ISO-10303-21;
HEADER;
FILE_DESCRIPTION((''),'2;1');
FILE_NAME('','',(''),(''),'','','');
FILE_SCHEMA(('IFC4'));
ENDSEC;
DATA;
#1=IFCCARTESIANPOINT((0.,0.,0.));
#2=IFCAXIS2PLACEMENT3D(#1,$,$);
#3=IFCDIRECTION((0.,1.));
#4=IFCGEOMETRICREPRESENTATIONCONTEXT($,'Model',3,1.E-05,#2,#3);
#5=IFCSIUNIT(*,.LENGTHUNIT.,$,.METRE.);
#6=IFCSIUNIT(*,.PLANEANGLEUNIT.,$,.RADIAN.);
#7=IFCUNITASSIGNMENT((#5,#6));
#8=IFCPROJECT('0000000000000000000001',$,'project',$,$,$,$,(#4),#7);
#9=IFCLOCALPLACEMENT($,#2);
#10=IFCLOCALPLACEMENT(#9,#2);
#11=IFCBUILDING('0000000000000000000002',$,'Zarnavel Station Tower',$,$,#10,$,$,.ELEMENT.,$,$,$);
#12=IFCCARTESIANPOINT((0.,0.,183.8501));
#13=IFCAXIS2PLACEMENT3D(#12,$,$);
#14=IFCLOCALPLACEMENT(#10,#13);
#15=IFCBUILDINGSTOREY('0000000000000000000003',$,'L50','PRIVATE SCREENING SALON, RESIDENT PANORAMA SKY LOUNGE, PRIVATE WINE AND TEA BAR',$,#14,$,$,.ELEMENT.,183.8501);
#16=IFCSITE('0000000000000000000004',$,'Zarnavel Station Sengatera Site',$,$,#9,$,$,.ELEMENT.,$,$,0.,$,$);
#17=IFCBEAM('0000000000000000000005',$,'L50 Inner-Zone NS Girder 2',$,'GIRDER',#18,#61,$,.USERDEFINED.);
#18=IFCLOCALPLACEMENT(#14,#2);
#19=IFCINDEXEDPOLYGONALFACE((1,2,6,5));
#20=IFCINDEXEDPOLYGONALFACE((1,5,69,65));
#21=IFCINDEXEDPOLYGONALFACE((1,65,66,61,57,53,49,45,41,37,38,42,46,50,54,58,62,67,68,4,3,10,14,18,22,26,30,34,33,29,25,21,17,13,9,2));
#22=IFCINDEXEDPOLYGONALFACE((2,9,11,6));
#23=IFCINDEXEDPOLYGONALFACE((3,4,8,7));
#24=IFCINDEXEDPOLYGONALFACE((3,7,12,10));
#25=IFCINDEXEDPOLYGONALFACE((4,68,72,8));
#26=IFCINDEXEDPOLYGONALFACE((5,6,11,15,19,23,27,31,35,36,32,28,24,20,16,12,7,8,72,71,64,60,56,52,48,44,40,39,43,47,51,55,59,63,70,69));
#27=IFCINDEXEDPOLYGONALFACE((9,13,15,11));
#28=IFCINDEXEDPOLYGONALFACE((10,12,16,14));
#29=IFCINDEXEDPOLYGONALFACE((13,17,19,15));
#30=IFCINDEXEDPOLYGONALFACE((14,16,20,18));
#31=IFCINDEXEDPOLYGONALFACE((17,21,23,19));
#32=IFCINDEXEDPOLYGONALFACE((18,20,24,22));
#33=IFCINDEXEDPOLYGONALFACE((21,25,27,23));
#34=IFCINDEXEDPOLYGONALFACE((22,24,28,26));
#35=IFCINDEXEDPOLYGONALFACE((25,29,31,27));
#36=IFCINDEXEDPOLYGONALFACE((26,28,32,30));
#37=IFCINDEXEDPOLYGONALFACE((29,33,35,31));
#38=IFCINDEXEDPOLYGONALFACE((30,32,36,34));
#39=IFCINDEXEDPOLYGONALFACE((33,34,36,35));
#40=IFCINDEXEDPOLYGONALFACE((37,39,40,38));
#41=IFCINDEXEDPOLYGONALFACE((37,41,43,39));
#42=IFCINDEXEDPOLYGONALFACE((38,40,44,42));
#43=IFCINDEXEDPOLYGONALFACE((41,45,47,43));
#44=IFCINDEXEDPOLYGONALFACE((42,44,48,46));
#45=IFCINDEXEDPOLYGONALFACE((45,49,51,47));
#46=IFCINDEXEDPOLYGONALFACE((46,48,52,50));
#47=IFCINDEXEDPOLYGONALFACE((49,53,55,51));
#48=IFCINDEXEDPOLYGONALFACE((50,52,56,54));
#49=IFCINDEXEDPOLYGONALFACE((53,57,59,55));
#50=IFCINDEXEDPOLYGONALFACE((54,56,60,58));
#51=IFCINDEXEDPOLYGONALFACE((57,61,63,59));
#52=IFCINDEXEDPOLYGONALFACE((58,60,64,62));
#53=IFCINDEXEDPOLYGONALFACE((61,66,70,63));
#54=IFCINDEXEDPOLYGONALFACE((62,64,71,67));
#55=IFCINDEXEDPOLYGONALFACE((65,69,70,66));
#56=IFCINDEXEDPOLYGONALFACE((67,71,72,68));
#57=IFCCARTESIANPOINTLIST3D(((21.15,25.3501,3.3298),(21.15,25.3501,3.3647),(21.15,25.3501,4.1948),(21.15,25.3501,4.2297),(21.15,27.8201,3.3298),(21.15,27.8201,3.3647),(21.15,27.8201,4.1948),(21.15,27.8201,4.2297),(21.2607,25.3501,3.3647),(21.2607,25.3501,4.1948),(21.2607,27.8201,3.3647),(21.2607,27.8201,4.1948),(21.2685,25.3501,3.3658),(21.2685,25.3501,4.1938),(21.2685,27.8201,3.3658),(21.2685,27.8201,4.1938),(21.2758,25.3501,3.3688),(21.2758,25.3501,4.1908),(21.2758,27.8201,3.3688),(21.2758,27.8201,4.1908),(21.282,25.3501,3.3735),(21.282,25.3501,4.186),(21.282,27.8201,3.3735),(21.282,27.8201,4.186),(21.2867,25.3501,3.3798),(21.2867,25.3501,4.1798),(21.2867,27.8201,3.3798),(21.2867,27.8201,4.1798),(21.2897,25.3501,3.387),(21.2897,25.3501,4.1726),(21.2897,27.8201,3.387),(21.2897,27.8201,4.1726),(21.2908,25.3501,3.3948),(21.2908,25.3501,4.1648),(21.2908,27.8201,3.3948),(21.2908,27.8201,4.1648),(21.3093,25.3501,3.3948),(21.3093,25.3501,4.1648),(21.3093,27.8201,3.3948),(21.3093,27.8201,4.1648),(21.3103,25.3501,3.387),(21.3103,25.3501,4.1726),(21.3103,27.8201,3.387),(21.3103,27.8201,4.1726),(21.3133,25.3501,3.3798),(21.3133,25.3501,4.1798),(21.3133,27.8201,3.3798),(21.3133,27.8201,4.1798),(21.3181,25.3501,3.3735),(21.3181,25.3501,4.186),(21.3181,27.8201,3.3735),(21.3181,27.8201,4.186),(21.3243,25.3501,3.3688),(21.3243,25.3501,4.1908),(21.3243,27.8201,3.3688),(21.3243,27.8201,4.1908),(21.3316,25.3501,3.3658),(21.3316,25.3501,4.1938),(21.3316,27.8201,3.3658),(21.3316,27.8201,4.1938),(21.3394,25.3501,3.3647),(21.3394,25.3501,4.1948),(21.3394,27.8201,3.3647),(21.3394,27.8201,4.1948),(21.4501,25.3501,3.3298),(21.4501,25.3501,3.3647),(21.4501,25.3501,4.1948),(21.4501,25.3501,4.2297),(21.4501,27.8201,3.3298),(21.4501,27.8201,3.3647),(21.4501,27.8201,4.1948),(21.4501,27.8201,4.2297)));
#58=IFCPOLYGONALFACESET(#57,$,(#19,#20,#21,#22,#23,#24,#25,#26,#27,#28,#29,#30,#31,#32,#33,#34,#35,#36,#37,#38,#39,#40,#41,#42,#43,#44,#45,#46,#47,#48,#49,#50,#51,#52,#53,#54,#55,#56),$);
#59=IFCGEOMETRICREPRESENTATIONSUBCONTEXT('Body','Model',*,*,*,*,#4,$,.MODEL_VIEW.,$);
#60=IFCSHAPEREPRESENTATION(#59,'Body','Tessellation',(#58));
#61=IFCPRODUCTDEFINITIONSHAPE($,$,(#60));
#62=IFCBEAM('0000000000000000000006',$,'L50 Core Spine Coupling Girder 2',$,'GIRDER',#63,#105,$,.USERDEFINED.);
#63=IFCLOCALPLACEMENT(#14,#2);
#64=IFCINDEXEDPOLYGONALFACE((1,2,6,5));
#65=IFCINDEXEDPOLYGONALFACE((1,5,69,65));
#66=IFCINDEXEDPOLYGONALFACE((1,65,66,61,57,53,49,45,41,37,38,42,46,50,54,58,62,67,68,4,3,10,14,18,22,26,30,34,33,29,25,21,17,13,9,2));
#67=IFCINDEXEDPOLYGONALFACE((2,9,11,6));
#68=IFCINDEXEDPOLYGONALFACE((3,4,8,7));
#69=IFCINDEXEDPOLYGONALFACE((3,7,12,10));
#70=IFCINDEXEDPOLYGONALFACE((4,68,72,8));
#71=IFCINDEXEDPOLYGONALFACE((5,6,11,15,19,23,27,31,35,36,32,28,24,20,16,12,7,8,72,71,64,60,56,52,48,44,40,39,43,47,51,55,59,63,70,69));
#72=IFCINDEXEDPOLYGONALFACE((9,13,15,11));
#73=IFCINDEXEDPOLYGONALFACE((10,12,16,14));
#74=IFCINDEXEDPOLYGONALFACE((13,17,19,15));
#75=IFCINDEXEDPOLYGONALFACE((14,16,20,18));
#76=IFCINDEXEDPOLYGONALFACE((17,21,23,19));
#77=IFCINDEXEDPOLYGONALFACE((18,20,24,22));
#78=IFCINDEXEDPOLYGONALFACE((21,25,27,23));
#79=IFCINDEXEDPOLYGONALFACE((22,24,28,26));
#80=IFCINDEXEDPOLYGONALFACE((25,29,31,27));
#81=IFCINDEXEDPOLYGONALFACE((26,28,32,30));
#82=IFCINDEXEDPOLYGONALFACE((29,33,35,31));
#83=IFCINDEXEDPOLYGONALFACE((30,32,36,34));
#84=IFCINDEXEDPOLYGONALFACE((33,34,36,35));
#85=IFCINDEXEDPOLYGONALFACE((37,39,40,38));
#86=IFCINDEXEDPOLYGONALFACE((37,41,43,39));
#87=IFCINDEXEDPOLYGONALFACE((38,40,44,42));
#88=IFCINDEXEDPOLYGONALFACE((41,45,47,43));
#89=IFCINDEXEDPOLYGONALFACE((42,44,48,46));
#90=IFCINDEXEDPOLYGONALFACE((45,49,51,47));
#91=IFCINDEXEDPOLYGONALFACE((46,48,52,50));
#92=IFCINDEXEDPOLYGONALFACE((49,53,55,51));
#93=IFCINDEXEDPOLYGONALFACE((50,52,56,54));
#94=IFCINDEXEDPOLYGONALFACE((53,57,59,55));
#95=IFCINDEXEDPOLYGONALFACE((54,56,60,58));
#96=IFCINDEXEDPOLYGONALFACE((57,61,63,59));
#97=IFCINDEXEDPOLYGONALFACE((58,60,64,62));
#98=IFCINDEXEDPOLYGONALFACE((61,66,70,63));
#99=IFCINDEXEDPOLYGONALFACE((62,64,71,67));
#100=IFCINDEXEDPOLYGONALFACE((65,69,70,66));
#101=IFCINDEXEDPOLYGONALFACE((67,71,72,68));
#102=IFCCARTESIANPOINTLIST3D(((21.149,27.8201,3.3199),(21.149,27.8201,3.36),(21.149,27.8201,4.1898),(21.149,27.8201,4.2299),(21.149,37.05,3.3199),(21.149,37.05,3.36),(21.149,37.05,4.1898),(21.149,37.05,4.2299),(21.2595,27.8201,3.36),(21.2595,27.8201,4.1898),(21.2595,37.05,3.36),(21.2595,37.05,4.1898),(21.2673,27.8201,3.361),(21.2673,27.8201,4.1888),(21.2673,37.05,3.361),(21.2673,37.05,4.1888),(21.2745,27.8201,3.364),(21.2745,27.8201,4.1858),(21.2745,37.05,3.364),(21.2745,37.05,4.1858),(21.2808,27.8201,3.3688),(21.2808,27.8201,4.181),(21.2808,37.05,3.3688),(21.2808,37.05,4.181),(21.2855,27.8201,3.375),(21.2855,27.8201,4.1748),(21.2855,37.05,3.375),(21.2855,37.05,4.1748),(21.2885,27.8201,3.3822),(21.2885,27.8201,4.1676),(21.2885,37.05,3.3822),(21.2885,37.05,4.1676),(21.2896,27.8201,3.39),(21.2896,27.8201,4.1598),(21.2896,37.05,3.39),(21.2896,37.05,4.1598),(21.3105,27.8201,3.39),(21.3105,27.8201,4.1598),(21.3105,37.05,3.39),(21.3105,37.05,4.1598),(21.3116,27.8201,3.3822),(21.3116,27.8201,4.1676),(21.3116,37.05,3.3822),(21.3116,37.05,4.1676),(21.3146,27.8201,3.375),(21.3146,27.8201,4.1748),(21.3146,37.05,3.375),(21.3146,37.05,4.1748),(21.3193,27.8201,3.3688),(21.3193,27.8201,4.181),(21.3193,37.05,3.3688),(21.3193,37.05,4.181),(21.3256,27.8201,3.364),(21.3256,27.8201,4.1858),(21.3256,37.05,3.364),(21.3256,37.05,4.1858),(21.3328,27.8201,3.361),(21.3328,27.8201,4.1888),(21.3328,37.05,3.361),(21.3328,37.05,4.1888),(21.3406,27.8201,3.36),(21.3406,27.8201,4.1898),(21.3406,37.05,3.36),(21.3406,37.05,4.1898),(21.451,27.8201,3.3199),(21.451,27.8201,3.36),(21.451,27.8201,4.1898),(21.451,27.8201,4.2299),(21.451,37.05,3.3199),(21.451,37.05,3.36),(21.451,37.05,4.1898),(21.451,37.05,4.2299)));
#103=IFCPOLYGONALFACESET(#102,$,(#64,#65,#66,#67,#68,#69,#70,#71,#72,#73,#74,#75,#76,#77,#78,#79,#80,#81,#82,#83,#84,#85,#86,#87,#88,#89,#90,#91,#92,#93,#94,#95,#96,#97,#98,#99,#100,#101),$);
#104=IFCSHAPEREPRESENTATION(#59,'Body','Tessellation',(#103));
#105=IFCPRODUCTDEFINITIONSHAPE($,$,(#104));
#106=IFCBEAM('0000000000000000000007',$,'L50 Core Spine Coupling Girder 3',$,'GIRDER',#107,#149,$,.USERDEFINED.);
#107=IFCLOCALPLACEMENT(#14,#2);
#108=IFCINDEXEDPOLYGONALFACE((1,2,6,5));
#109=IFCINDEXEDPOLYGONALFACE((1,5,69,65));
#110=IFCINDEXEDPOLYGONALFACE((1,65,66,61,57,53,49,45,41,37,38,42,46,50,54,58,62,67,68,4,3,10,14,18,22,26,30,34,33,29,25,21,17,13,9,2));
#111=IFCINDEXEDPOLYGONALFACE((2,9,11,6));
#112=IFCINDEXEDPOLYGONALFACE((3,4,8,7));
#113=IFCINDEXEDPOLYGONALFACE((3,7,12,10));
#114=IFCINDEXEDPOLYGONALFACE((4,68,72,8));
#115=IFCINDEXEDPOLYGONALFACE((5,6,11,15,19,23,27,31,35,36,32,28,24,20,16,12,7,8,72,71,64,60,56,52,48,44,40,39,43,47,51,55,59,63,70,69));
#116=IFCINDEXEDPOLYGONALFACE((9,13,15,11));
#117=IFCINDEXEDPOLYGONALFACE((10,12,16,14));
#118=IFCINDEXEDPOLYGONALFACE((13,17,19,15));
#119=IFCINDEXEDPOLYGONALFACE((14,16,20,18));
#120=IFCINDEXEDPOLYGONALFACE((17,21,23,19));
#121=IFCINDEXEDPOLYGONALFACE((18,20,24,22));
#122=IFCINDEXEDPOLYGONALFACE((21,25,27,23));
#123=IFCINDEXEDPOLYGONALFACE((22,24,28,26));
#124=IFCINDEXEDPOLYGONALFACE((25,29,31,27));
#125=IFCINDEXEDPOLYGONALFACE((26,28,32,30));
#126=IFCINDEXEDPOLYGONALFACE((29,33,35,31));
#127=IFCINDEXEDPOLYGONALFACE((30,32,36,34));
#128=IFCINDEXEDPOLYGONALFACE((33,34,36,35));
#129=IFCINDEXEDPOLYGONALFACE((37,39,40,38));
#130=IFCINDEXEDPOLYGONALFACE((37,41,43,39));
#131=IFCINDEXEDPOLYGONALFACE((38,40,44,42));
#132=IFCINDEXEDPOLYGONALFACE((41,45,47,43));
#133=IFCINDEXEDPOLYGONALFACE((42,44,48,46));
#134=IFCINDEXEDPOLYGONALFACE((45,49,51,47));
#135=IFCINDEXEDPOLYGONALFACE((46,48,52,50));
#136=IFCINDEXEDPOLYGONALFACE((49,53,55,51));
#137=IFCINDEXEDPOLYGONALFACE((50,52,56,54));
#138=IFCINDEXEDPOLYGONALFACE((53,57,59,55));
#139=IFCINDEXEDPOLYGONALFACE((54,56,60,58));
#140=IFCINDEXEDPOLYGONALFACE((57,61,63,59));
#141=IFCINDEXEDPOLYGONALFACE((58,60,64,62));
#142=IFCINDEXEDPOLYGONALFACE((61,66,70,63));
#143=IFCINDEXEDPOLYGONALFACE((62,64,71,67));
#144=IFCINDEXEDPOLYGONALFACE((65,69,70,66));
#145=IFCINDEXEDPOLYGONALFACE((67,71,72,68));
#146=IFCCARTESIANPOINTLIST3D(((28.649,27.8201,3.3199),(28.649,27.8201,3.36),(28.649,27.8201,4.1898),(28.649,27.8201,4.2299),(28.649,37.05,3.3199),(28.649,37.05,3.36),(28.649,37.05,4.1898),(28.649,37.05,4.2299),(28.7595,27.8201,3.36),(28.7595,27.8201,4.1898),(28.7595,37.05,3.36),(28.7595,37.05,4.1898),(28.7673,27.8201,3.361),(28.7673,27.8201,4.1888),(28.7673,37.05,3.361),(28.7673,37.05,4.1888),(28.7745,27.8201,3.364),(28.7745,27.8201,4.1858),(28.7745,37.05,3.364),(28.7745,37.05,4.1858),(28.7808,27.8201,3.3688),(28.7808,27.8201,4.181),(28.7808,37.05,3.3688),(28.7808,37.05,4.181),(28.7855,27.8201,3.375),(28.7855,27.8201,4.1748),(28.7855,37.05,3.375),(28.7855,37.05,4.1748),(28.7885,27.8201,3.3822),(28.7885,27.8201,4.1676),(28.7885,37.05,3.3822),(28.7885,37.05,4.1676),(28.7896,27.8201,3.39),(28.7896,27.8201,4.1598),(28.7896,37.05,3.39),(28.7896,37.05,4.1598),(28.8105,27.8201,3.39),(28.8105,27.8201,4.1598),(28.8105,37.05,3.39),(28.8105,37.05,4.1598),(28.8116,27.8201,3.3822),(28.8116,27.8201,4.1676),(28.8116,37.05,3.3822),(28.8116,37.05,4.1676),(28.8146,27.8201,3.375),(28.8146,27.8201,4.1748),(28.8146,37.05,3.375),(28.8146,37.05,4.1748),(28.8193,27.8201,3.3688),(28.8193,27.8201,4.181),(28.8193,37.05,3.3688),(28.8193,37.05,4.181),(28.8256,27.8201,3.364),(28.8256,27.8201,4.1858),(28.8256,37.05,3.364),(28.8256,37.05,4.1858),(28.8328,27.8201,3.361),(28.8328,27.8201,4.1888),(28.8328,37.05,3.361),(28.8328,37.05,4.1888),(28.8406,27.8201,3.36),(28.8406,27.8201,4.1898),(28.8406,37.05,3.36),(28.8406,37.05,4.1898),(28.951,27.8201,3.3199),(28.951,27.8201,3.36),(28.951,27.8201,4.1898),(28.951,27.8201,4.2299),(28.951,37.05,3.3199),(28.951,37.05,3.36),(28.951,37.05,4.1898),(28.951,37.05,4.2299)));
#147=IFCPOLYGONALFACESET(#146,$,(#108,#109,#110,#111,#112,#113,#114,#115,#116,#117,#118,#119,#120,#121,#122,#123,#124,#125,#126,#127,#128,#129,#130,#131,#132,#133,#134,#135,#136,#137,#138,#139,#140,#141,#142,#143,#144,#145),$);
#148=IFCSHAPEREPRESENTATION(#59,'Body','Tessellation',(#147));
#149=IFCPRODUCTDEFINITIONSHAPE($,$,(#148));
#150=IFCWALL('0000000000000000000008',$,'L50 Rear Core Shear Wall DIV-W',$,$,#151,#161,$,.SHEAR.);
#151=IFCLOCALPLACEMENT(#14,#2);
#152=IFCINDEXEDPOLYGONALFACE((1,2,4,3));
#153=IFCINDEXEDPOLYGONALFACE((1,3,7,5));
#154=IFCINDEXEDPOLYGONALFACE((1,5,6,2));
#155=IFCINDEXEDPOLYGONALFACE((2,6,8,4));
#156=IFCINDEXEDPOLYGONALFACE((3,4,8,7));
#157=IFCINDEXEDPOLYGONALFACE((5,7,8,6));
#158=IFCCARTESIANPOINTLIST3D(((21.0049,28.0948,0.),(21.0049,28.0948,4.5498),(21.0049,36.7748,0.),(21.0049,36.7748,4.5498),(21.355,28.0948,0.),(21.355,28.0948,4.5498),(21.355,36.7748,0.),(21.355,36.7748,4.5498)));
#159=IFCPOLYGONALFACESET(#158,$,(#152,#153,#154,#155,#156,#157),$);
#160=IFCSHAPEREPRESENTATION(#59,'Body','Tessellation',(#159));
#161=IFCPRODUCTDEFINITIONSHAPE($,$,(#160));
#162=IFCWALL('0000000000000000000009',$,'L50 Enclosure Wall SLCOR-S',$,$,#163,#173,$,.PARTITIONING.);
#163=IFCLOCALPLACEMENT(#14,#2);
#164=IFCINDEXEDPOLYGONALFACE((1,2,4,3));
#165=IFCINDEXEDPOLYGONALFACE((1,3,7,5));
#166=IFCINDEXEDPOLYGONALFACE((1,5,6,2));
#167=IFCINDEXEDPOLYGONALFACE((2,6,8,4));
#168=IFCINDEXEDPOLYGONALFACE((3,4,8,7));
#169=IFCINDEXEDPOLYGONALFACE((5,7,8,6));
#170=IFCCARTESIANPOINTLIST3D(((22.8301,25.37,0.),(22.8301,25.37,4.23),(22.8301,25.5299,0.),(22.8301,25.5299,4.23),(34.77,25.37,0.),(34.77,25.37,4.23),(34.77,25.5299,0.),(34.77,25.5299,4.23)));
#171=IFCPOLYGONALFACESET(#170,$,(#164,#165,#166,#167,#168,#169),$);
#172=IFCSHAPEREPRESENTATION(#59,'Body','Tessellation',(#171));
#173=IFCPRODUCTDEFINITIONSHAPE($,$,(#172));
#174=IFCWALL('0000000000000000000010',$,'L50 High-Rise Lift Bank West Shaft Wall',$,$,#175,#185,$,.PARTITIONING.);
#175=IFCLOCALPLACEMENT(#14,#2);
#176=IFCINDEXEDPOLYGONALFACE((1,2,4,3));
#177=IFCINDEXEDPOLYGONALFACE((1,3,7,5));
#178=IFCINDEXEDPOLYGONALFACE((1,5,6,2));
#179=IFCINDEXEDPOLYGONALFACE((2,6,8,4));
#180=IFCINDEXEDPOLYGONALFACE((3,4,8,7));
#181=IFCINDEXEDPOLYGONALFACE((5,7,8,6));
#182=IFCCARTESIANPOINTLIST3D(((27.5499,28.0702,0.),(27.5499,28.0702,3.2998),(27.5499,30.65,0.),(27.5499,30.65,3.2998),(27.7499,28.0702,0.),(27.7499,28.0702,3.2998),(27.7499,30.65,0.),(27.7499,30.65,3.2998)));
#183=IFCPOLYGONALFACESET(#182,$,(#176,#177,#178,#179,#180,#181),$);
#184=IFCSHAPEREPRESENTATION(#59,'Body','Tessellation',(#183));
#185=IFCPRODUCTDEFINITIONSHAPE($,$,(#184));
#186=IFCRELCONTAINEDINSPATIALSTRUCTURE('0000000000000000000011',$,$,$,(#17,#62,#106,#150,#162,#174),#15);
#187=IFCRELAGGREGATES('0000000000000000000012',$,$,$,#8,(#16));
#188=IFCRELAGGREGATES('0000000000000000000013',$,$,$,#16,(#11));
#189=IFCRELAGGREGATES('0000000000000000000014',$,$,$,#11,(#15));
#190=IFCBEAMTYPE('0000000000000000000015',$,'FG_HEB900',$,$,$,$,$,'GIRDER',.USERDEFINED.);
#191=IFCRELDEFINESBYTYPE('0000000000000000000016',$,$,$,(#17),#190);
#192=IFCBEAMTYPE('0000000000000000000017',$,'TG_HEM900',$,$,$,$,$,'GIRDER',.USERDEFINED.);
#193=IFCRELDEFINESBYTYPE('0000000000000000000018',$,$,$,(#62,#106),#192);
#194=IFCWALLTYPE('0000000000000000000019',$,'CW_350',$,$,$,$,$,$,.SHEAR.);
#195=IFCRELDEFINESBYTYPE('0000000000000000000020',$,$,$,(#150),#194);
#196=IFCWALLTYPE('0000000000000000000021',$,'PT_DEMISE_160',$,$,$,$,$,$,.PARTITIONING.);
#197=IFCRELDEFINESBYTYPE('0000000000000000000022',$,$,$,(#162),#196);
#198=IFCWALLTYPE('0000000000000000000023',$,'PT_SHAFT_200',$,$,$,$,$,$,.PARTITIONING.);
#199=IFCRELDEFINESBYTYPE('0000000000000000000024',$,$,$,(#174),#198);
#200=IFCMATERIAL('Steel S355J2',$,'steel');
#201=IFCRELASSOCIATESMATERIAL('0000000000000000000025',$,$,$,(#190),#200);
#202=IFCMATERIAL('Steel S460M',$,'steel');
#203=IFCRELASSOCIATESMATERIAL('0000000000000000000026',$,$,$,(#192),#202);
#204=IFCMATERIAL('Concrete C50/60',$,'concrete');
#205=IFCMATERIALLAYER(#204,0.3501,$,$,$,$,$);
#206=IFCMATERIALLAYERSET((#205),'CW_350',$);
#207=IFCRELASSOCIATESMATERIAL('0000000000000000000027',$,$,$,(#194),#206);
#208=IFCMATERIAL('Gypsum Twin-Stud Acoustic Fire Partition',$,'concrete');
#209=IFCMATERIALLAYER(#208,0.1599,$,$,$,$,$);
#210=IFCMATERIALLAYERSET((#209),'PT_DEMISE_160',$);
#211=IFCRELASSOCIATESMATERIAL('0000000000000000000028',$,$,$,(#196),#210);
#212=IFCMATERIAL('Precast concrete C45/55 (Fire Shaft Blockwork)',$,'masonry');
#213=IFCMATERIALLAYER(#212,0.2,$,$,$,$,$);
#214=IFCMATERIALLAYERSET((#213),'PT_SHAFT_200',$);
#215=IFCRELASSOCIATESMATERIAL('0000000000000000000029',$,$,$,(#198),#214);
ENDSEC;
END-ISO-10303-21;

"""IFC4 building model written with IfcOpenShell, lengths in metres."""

from ifc_helpers import new_model, si_unit, direction, frame, frame_2d, origin, origin_2d, place, context, subcontext, project, spatial, rectangle, i_section, extrude, material, layer, layer_set, material_profile, profile_set, type_object, element, save


model = new_model("IFC4")

# Units and contexts
model_context = context("Model", 3, precision=1e-05, world=origin(), true_north=direction((0.0, 1.0)))
body_context = subcontext(model_context, "Body", "Model", "MODEL_VIEW")
ifc_project = project(units=[si_unit("LENGTHUNIT", "METRE"), si_unit("PLANEANGLEUNIT", "RADIAN")], contexts=[model_context])

# Site, building, storey
site_placement = place(None, origin())
site = spatial("IfcSite", under=ifc_project, at=site_placement, Name="Zarnavel Station Sengatera Site", CompositionType="ELEMENT", RefElevation=0.0)
building_placement = place(site_placement, origin())
building = spatial("IfcBuilding", under=site, at=building_placement, Name="Zarnavel Station Tower", CompositionType="ELEMENT")
storey_placement = place(building_placement, frame((0.0, 0.0, 183.8501)))
storey = spatial("IfcBuildingStorey", under=building, at=storey_placement, Name="L50", Description="PRIVATE SCREENING SALON, RESIDENT PANORAMA SKY LOUNGE, PRIVATE WINE AND TEA BAR", CompositionType="ELEMENT", Elevation=183.8501)

# Beams
ifc_material_1 = material(Name="Steel S355J2", Category="steel")
ifc_material_profile_1 = material_profile(ifc_material_1, i_section(OverallWidth=0.3, OverallDepth=0.8999, WebThickness=0.0186, FlangeThickness=0.0349, FilletRadius=0.03, at=origin_2d()), Name="HEB900")
ifc_profile_set_1 = profile_set([ifc_material_profile_1], Name="Steel S355J2")
beam_type_1 = type_object("IfcBeamType", Name="FG_HEB900", ElementType="GIRDER", PredefinedType="USERDEFINED", material=ifc_profile_set_1)
beam_1_placement = place(storey_placement, frame((21.3, 25.3501, 3.7798), z_axis=(0.0, 1.0, 0.0), x_axis=(-1.0, 0.0, 0.0)))
element("IfcBeam", 1, at=beam_1_placement, inside=storey, type_object=beam_type_1, Name="L50 Inner-Zone NS Girder 2", ObjectType="GIRDER", PredefinedType="USERDEFINED", context=body_context, shape_type="SweptSolid", body=[
    extrude(i_section(OverallWidth=0.3, OverallDepth=0.8999, WebThickness=0.0186, FlangeThickness=0.0349, FilletRadius=0.03, at=origin_2d()), origin(), (0.0, 0.0, 1.0), 2.47),
])
ifc_material_2 = material(Name="Steel S460M", Category="steel")
ifc_material_profile_2 = material_profile(ifc_material_2, i_section(OverallWidth=0.302, OverallDepth=0.9099, WebThickness=0.021, FlangeThickness=0.04, FilletRadius=0.03, at=origin_2d()), Name="HEM900")
ifc_profile_set_2 = profile_set([ifc_material_profile_2], Name="Steel S460M")
beam_type_2 = type_object("IfcBeamType", Name="TG_HEM900", ElementType="GIRDER", PredefinedType="USERDEFINED", material=ifc_profile_set_2)
for number, where, z_axis, x_axis, name in (
    (2, (21.3, 27.8201, 3.7749), (0.0, 1.0, 0.0), (-1.0, 0.0, 0.0), "L50 Core Spine Coupling Girder 2"),
    (3, (28.8, 27.8201, 3.7749), (0.0, 1.0, 0.0), (-1.0, 0.0, 0.0), "L50 Core Spine Coupling Girder 3"),
):
    element("IfcBeam", number, at=place(storey_placement, frame(where, z_axis=z_axis, x_axis=x_axis)), inside=storey, type_object=beam_type_2, Name=name, ObjectType="GIRDER", PredefinedType="USERDEFINED", context=body_context, shape_type="SweptSolid", body=[
        extrude(i_section(OverallWidth=0.302, OverallDepth=0.9099, WebThickness=0.021, FlangeThickness=0.04, FilletRadius=0.03, at=origin_2d()), origin(), (0.0, 0.0, 1.0), 9.23),
    ])

# Wall
ifc_material_3 = material(Name="Concrete C50/60", Category="concrete")
ifc_layer_1 = layer(ifc_material_3, 0.3501)
ifc_layer_set_1 = layer_set([ifc_layer_1], Name="CW_350")
wall_type_1 = type_object("IfcWallType", Name="CW_350", PredefinedType="SHEAR", material=ifc_layer_set_1)
wall_1_placement = place(storey_placement, frame((21.1799, 28.095, 0.0), z_axis=(0.0, 0.0, 1.0), x_axis=(0.0, 1.0, 0.0)))
element("IfcWall", 4, at=wall_1_placement, inside=storey, type_object=wall_type_1, Name="L50 Rear Core Shear Wall DIV-W", PredefinedType="SHEAR", context=body_context, shape_type="SweptSolid", body=[
    extrude(rectangle(XDim=8.6799, YDim=0.3501, at=frame_2d((4.3398, 0.0))), origin(), (0.0, 0.0, 1.0), 4.5498),
])

# Wall
ifc_material_4 = material(Name="Gypsum Twin-Stud Acoustic Fire Partition", Category="concrete")
ifc_layer_2 = layer(ifc_material_4, 0.1599)
ifc_layer_set_2 = layer_set([ifc_layer_2], Name="PT_DEMISE_160")
wall_type_2 = type_object("IfcWallType", Name="PT_DEMISE_160", PredefinedType="PARTITIONING", material=ifc_layer_set_2)
wall_2_placement = place(storey_placement, frame((22.8301, 25.45, 0.0), z_axis=(0.0, 0.0, 1.0), x_axis=(1.0, 0.0, 0.0)))
element("IfcWall", 5, at=wall_2_placement, inside=storey, type_object=wall_type_2, Name="L50 Enclosure Wall SLCOR-S", PredefinedType="PARTITIONING", context=body_context, shape_type="SweptSolid", body=[
    extrude(rectangle(XDim=11.9399, YDim=0.1599, at=frame_2d((5.97, 0.0))), origin(), (0.0, 0.0, 1.0), 4.23),
])

# Shared definitions
ifc_material_5 = material(Name="Precast concrete C45/55 (Fire Shaft Blockwork)", Category="masonry")
ifc_layer_3 = layer(ifc_material_5, 0.2)
ifc_layer_set_3 = layer_set([ifc_layer_3], Name="PT_SHAFT_200")
wall_type_3 = type_object("IfcWallType", Name="PT_SHAFT_200", PredefinedType="PARTITIONING", material=ifc_layer_set_3)

# Wall
wall_3_placement = place(storey_placement, frame((27.6499, 28.0701, 0.0), z_axis=(0.0, 0.0, 1.0), x_axis=(0.0, 1.0, 0.0)))
element("IfcWall", 6, at=wall_3_placement, inside=storey, type_object=wall_type_3, Name="L50 High-Rise Lift Bank West Shaft Wall", PredefinedType="PARTITIONING", context=body_context, shape_type="SweptSolid", body=[
    extrude(rectangle(XDim=2.5798, YDim=0.2, at=frame_2d((1.29, 0.0))), origin(), (0.0, 0.0, 1.0), 3.2998),
])

save(model, "model.ifc")
